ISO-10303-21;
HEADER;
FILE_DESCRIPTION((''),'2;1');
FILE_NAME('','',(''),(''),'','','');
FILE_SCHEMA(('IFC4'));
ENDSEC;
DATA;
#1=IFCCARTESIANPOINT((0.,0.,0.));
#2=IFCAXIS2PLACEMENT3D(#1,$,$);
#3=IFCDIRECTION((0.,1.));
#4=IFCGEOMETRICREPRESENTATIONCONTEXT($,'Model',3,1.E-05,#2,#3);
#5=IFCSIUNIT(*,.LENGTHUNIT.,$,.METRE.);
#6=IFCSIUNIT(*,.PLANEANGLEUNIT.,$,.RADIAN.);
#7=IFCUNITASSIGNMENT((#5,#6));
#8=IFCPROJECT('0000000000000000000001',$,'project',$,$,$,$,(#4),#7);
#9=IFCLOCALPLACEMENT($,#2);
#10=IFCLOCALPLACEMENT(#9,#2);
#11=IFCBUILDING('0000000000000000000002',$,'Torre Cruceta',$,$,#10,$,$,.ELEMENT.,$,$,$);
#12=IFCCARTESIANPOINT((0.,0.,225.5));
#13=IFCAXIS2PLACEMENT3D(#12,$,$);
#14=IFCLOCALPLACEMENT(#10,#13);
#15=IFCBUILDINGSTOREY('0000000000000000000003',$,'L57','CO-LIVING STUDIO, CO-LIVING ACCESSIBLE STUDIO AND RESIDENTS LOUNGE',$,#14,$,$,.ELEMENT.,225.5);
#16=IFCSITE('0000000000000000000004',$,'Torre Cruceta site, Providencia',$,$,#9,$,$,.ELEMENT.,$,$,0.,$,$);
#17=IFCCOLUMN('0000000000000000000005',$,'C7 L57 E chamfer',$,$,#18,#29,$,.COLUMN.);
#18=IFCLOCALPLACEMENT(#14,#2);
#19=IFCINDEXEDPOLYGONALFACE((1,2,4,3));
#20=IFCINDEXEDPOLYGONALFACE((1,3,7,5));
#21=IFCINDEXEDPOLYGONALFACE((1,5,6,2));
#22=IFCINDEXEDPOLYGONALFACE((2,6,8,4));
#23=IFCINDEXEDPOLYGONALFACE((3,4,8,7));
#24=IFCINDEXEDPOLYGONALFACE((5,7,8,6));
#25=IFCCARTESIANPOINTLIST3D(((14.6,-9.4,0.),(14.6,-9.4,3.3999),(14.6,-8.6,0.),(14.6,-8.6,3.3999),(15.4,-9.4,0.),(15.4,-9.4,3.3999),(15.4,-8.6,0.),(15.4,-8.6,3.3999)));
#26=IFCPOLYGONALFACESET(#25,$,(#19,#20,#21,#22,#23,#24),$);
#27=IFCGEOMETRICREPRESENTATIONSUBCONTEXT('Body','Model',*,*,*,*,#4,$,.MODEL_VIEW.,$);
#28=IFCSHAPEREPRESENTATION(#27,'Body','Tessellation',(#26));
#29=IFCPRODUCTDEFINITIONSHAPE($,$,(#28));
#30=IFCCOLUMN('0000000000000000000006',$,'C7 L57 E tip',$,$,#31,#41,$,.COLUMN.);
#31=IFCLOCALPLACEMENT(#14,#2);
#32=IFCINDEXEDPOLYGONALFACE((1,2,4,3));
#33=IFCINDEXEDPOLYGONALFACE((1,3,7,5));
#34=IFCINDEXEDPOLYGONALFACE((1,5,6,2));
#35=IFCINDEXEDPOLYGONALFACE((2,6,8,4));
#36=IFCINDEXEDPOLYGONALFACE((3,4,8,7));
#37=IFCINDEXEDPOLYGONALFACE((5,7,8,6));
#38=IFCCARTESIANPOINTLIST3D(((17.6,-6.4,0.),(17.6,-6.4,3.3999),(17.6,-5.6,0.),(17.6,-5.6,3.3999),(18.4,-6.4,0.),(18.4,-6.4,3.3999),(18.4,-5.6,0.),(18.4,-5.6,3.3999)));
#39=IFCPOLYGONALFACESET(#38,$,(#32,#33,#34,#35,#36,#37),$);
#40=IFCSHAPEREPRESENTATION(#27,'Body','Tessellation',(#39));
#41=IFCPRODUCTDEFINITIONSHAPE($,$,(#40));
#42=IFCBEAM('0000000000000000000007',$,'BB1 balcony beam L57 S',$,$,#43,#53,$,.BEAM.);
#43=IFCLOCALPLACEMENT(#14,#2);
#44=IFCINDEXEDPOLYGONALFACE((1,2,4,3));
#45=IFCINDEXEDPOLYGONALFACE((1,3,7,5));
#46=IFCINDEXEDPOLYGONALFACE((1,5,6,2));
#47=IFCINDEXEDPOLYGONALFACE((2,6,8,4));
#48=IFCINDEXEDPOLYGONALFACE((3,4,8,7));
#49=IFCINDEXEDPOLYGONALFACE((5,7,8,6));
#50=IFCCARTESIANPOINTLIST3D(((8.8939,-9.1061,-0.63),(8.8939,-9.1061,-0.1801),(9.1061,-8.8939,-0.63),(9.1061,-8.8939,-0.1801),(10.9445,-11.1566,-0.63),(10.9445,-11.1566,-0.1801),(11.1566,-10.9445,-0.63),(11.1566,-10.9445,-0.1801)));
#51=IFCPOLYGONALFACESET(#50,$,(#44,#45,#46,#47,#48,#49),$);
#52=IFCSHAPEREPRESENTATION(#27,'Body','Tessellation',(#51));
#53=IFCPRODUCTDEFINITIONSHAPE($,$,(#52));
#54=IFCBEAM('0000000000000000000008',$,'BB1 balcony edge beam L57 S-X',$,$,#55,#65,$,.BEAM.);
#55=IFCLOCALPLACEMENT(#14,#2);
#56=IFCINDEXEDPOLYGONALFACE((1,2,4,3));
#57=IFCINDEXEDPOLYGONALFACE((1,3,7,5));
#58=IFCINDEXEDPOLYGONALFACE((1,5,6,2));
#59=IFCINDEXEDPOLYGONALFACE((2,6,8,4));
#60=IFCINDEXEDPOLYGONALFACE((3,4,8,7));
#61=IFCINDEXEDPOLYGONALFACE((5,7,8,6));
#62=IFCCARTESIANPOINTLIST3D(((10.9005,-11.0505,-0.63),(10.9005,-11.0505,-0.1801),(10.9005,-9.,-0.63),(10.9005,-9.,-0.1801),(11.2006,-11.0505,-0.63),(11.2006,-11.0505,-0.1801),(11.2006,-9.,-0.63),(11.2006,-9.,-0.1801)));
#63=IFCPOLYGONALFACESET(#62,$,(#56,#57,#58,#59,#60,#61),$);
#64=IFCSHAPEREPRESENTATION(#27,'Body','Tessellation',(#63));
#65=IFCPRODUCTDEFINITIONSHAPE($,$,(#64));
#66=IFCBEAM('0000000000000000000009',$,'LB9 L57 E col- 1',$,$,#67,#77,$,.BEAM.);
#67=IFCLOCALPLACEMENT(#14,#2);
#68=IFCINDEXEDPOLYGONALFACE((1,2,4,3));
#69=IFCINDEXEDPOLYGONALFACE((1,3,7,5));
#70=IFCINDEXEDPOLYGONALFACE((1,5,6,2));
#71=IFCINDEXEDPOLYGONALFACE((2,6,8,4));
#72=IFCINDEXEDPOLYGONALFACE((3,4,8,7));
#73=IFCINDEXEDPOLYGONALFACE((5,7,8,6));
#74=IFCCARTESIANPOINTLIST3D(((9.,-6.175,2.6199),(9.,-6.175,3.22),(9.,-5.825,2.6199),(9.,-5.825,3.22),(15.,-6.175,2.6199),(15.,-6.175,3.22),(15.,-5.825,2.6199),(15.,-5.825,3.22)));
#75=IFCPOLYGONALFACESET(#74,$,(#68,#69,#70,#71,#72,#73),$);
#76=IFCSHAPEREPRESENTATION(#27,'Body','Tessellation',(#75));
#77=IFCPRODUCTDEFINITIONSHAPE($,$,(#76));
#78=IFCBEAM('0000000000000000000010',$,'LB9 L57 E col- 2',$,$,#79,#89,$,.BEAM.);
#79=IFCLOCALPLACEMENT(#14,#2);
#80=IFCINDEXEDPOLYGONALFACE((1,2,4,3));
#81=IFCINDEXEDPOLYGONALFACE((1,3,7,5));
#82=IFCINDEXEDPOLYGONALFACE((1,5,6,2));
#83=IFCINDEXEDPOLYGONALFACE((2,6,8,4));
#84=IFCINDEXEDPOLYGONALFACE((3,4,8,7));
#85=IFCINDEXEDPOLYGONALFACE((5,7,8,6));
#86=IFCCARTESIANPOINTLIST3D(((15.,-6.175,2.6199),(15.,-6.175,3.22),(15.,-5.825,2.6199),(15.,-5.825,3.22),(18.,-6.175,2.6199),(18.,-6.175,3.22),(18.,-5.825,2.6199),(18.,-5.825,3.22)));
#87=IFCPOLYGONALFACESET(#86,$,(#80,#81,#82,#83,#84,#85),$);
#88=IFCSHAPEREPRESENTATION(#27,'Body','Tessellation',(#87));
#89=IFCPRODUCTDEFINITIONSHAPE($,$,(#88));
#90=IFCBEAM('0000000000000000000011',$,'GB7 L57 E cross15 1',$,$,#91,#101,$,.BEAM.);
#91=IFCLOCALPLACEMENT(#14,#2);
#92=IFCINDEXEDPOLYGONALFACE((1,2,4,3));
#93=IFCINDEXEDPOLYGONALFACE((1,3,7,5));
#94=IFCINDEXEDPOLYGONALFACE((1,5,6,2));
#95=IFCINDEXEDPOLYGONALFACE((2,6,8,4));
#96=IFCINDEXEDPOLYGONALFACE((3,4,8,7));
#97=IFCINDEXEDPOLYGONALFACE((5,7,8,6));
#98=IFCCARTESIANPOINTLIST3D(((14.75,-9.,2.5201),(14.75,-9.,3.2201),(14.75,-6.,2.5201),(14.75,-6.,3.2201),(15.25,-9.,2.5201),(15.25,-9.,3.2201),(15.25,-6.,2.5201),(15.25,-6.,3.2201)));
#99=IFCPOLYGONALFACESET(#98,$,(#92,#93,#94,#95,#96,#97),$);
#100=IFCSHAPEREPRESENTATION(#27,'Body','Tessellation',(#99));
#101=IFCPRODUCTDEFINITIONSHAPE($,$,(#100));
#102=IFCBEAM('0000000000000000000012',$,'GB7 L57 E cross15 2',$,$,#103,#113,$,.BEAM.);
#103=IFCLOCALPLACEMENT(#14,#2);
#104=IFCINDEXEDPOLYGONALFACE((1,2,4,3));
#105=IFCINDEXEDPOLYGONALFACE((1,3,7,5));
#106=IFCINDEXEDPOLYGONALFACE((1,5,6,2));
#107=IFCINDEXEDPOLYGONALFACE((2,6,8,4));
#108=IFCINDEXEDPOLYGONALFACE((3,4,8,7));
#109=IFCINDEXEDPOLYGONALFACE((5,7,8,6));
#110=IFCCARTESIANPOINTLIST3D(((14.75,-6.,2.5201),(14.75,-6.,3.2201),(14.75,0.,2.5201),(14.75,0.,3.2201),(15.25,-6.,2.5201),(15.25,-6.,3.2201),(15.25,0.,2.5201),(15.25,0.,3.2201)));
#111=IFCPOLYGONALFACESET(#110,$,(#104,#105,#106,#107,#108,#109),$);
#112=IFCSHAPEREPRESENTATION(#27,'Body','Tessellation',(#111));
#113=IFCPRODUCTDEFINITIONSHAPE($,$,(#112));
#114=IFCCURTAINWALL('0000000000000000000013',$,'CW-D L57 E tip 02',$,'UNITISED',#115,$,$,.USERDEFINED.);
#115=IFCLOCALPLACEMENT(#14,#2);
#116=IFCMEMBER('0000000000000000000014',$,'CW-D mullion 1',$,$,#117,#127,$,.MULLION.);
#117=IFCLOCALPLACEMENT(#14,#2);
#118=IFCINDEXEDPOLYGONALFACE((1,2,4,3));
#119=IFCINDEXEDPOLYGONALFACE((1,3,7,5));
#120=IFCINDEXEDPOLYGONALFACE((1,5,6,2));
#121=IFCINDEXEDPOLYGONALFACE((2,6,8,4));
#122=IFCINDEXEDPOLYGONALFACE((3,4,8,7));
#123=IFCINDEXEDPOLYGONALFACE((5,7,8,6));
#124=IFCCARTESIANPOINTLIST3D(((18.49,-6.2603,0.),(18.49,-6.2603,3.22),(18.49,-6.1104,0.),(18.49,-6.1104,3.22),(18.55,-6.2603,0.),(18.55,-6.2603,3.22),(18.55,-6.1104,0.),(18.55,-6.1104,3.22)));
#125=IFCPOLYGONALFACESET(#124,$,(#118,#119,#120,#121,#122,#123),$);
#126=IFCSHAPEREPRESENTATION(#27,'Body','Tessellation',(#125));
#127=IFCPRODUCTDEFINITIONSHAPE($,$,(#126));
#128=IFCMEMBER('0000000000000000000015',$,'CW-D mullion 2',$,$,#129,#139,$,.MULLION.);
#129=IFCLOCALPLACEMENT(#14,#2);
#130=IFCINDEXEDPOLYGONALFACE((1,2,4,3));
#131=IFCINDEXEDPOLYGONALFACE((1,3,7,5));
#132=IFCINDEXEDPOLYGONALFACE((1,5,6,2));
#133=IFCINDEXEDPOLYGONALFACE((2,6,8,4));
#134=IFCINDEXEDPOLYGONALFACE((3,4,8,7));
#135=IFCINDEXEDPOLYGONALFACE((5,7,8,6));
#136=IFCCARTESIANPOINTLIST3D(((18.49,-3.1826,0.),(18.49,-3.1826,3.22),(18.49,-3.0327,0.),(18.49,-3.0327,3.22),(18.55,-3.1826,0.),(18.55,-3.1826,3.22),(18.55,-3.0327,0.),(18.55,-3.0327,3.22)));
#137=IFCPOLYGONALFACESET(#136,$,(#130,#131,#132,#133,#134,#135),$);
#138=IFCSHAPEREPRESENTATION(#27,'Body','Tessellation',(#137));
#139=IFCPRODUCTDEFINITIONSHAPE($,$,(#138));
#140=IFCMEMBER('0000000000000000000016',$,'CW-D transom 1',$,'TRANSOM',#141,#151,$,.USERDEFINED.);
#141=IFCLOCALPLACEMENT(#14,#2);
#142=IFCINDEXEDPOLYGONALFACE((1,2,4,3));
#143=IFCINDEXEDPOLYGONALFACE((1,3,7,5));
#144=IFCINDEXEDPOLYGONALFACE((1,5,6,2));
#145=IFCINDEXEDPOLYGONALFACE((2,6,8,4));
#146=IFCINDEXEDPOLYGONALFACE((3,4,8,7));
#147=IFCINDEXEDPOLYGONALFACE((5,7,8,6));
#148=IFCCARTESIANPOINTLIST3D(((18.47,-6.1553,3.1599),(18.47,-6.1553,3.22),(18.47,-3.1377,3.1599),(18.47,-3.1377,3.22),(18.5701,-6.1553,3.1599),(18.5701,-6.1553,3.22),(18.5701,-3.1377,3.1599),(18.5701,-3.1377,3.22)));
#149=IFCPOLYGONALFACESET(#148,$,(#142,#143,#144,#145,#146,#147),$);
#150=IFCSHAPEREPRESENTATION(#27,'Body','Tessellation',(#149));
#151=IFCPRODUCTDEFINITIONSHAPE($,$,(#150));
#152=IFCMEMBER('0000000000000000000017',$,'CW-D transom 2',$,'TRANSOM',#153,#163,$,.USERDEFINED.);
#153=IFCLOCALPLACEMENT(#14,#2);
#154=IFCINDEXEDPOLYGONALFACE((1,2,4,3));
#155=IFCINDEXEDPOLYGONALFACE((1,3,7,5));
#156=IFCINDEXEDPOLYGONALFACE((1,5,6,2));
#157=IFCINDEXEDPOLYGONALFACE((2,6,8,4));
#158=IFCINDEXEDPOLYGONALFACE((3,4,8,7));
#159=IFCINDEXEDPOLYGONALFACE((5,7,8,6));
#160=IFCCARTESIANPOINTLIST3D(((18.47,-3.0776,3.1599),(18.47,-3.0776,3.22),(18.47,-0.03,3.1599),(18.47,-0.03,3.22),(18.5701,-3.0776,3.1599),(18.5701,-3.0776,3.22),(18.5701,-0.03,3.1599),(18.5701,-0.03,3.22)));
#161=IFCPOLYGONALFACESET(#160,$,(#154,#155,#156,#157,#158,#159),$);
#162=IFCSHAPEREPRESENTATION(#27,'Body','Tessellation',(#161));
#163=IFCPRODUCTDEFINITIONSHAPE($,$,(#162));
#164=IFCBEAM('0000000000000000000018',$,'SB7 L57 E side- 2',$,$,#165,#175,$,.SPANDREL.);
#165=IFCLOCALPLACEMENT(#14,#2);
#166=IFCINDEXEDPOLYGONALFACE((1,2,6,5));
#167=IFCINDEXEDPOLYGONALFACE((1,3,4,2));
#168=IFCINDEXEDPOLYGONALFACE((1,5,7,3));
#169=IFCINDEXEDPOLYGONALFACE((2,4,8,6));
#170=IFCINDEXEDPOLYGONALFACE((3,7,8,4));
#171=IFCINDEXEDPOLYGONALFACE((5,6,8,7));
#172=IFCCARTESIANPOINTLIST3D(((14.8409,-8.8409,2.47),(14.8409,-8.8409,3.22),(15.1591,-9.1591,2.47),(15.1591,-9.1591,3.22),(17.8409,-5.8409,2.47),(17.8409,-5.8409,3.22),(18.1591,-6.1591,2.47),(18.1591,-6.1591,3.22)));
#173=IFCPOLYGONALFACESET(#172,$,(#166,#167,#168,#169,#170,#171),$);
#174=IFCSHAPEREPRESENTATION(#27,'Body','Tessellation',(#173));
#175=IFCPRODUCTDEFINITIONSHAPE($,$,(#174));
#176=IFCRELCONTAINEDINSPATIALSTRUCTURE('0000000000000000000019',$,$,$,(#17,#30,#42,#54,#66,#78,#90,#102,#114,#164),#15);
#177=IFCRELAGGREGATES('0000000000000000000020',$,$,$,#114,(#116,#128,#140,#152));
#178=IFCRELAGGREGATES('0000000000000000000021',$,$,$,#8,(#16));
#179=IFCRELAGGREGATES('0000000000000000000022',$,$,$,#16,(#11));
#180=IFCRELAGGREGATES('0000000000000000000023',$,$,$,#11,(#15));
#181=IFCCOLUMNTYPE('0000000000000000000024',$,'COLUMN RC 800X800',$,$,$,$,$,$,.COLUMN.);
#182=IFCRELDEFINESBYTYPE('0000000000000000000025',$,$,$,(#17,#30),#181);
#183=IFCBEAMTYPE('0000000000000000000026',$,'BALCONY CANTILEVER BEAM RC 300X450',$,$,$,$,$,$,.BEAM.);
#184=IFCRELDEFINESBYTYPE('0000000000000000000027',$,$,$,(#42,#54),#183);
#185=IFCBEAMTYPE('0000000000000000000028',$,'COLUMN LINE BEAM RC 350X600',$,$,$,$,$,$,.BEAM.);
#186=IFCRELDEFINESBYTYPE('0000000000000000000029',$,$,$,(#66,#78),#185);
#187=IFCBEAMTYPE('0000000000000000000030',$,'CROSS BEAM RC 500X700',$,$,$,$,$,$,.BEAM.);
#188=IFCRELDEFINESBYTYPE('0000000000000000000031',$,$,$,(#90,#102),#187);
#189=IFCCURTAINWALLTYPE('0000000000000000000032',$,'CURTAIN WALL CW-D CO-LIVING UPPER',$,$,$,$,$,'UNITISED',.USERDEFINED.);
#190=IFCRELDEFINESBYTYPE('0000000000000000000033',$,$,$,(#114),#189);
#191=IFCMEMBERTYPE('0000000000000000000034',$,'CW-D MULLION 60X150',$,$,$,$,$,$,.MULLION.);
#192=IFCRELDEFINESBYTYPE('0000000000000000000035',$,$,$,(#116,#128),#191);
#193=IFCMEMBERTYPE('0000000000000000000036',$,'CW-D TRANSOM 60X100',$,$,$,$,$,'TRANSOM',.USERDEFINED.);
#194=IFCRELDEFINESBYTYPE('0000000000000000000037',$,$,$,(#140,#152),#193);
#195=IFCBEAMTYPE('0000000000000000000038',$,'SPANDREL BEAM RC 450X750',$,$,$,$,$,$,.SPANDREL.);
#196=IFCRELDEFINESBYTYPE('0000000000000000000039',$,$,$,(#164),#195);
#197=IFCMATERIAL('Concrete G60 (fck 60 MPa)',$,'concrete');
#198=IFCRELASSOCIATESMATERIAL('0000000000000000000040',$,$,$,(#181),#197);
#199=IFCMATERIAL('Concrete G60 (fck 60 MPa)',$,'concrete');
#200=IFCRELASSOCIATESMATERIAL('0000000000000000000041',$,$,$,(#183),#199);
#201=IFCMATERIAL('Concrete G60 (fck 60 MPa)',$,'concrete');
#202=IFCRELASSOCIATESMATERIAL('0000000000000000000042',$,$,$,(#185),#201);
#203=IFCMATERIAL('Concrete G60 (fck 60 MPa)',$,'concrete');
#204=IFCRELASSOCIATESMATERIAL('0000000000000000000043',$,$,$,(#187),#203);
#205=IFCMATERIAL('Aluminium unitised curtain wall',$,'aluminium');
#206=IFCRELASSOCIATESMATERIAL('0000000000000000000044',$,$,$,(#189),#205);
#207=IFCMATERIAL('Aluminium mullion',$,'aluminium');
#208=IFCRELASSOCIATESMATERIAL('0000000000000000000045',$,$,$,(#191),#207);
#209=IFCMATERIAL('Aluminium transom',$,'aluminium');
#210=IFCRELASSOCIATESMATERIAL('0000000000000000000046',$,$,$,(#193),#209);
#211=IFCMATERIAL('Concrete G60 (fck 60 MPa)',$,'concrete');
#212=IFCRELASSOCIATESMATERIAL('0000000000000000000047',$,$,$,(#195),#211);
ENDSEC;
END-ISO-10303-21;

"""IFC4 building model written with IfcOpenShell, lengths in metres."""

from ifc_helpers import new_model, si_unit, direction, frame, origin, origin_2d, place, context, subcontext, project, spatial, rectangle, extrude, material, material_profile, profile_set, type_object, element, aggregate, save


model = new_model("IFC4")

# Units and contexts
model_context = context("Model", 3, precision=1e-05, world=origin(), true_north=direction((0.0, 1.0)))
body_context = subcontext(model_context, "Body", "Model", "MODEL_VIEW")
ifc_project = project(units=[si_unit("LENGTHUNIT", "METRE"), si_unit("PLANEANGLEUNIT", "RADIAN")], contexts=[model_context])

# Site, building, storey
site_placement = place(None, origin())
site = spatial("IfcSite", under=ifc_project, at=site_placement, Name="Torre Cruceta site, Providencia", CompositionType="ELEMENT", RefElevation=0.0)
building_placement = place(site_placement, origin())
building = spatial("IfcBuilding", under=site, at=building_placement, Name="Torre Cruceta", CompositionType="ELEMENT")
storey_placement = place(building_placement, frame((0.0, 0.0, 225.5)))
storey = spatial("IfcBuildingStorey", under=building, at=storey_placement, Name="L57", Description="CO-LIVING STUDIO, CO-LIVING ACCESSIBLE STUDIO AND RESIDENTS LOUNGE", CompositionType="ELEMENT", Elevation=225.5)

# Columns
ifc_material_1 = material(Name="Concrete G60 (fck 60 MPa)", Category="concrete")
ifc_material_profile_1 = material_profile(ifc_material_1, rectangle(XDim=0.8, YDim=0.8, at=origin_2d()), Name="RC 800X800")
ifc_profile_set_1 = profile_set([ifc_material_profile_1], Name="Concrete G60 (fck 60 MPa)")
column_type = type_object("IfcColumnType", Name="COLUMN RC 800X800", PredefinedType="COLUMN", material=ifc_profile_set_1)
for number, where, z_axis, x_axis, name in (
    (1, (15.0, -9.0, 0.0), (0.0, 0.0, 1.0), (1.0, 0.0, 0.0), "C7 L57 E chamfer"),
    (2, (18.0, -6.0, 0.0), (0.0, 0.0, 1.0), (1.0, 0.0, 0.0), "C7 L57 E tip"),
):
    element("IfcColumn", number, at=place(storey_placement, frame(where, z_axis=z_axis, x_axis=x_axis)), inside=storey, type_object=column_type, Name=name, PredefinedType="COLUMN", context=body_context, shape_type="SweptSolid", body=[
        extrude(rectangle(XDim=0.8, YDim=0.8, at=origin_2d()), origin(), (0.0, 0.0, 1.0), 3.3999),
    ])

# Beams
ifc_material_2 = material(Name="Concrete G60 (fck 60 MPa)", Category="concrete")
ifc_material_profile_2 = material_profile(ifc_material_2, rectangle(XDim=0.3, YDim=0.45, at=origin_2d()), Name="RC 300X450")
ifc_profile_set_2 = profile_set([ifc_material_profile_2], Name="Concrete G60 (fck 60 MPa)")
beam_type_1 = type_object("IfcBeamType", Name="BALCONY CANTILEVER BEAM RC 300X450", PredefinedType="BEAM", material=ifc_profile_set_2)
beam_1_placement = place(storey_placement, frame((9.0, -9.0, -0.405), z_axis=(0.707107, -0.707107, 0.0), x_axis=(0.707107, 0.707107, 0.0)))
element("IfcBeam", 3, at=beam_1_placement, inside=storey, type_object=beam_type_1, Name="BB1 balcony beam L57 S", PredefinedType="BEAM", context=body_context, shape_type="SweptSolid", body=[
    extrude(rectangle(XDim=0.3, YDim=0.45, at=origin_2d()), origin(), (0.0, 0.0, 1.0), 2.8999),
])
beam_2_placement = place(storey_placement, frame((11.0505, -9.0, -0.405), z_axis=(0.0, -1.0, 0.0), x_axis=(1.0, 0.0, 0.0)))
element("IfcBeam", 4, at=beam_2_placement, inside=storey, type_object=beam_type_1, Name="BB1 balcony edge beam L57 S-X", PredefinedType="BEAM", context=body_context, shape_type="SweptSolid", body=[
    extrude(rectangle(XDim=0.3, YDim=0.45, at=origin_2d()), origin(), (0.0, 0.0, 1.0), 2.0505),
])
ifc_material_3 = material(Name="Concrete G60 (fck 60 MPa)", Category="concrete")
ifc_material_profile_3 = material_profile(ifc_material_3, rectangle(XDim=0.3501, YDim=0.6001, at=origin_2d()), Name="RC 350X600")
ifc_profile_set_3 = profile_set([ifc_material_profile_3], Name="Concrete G60 (fck 60 MPa)")
beam_type_2 = type_object("IfcBeamType", Name="COLUMN LINE BEAM RC 350X600", PredefinedType="BEAM", material=ifc_profile_set_3)
beam_3_placement = place(storey_placement, frame((9.0, -6.0, 2.9199), z_axis=(1.0, 0.0, 0.0), x_axis=(0.0, 1.0, 0.0)))
element("IfcBeam", 5, at=beam_3_placement, inside=storey, type_object=beam_type_2, Name="LB9 L57 E col- 1", PredefinedType="BEAM", context=body_context, shape_type="SweptSolid", body=[
    extrude(rectangle(XDim=0.3501, YDim=0.6001, at=origin_2d()), origin(), (0.0, 0.0, 1.0), 6.0),
])
beam_4_placement = place(storey_placement, frame((15.0, -6.0, 2.9199), z_axis=(1.0, 0.0, 0.0), x_axis=(0.0, 1.0, 0.0)))
element("IfcBeam", 6, at=beam_4_placement, inside=storey, type_object=beam_type_2, Name="LB9 L57 E col- 2", PredefinedType="BEAM", context=body_context, shape_type="SweptSolid", body=[
    extrude(rectangle(XDim=0.3501, YDim=0.6001, at=origin_2d()), origin(), (0.0, 0.0, 1.0), 3.0),
])
ifc_material_4 = material(Name="Concrete G60 (fck 60 MPa)", Category="concrete")
ifc_material_profile_4 = material_profile(ifc_material_4, rectangle(XDim=0.5, YDim=0.7, at=origin_2d()), Name="RC 500X700")
ifc_profile_set_4 = profile_set([ifc_material_profile_4], Name="Concrete G60 (fck 60 MPa)")
beam_type_3 = type_object("IfcBeamType", Name="CROSS BEAM RC 500X700", PredefinedType="BEAM", material=ifc_profile_set_4)
beam_5_placement = place(storey_placement, frame((15.0, -9.0, 2.8701), z_axis=(0.0, 1.0, 0.0), x_axis=(-1.0, 0.0, 0.0)))
element("IfcBeam", 7, at=beam_5_placement, inside=storey, type_object=beam_type_3, Name="GB7 L57 E cross15 1", PredefinedType="BEAM", context=body_context, shape_type="SweptSolid", body=[
    extrude(rectangle(XDim=0.5, YDim=0.7, at=origin_2d()), origin(), (0.0, 0.0, 1.0), 3.0),
])
beam_6_placement = place(storey_placement, frame((15.0, -6.0, 2.8701), z_axis=(0.0, 1.0, 0.0), x_axis=(-1.0, 0.0, 0.0)))
element("IfcBeam", 8, at=beam_6_placement, inside=storey, type_object=beam_type_3, Name="GB7 L57 E cross15 2", PredefinedType="BEAM", context=body_context, shape_type="SweptSolid", body=[
    extrude(rectangle(XDim=0.5, YDim=0.7, at=origin_2d()), origin(), (0.0, 0.0, 1.0), 6.0),
])

# Curtain wall, members
ifc_material_5 = material(Name="Aluminium unitised curtain wall", Category="aluminium")
curtain_wall_type = type_object("IfcCurtainWallType", Name="CURTAIN WALL CW-D CO-LIVING UPPER", ElementType="UNITISED", PredefinedType="USERDEFINED", material=ifc_material_5)
curtain_wall_placement = place(storey_placement, origin())
curtain_wall = element("IfcCurtainWall", 9, at=curtain_wall_placement, inside=storey, type_object=curtain_wall_type, Name="CW-D L57 E tip 02", ObjectType="UNITISED", PredefinedType="USERDEFINED")
ifc_material_6 = material(Name="Aluminium mullion", Category="aluminium")
ifc_material_profile_5 = material_profile(ifc_material_6, rectangle(XDim=0.0601, YDim=0.1499, at=origin_2d()), Name="AL 60X150")
ifc_profile_set_5 = profile_set([ifc_material_profile_5], Name="Aluminium mullion")
member_type_1 = type_object("IfcMemberType", Name="CW-D MULLION 60X150", PredefinedType="MULLION", material=ifc_profile_set_5)
member_1_placement = place(storey_placement, frame((18.52, -6.1853, 0.0), z_axis=(0.0, 0.0, 1.0), x_axis=(-1.0, 0.0, 0.0)))
member_1 = element("IfcMember", 10, at=member_1_placement, type_object=member_type_1, Name="CW-D mullion 1", PredefinedType="MULLION", context=body_context, shape_type="SweptSolid", body=[
    extrude(rectangle(XDim=0.0601, YDim=0.1499, at=origin_2d()), origin(), (0.0, 0.0, 1.0), 3.22),
])
member_2_placement = place(storey_placement, frame((18.52, -3.1077, 0.0), z_axis=(0.0, 0.0, 1.0), x_axis=(-1.0, 0.0, 0.0)))
member_2 = element("IfcMember", 11, at=member_2_placement, type_object=member_type_1, Name="CW-D mullion 2", PredefinedType="MULLION", context=body_context, shape_type="SweptSolid", body=[
    extrude(rectangle(XDim=0.0601, YDim=0.1499, at=origin_2d()), origin(), (0.0, 0.0, 1.0), 3.22),
])
ifc_material_7 = material(Name="Aluminium transom", Category="aluminium")
ifc_material_profile_6 = material_profile(ifc_material_7, rectangle(XDim=0.1001, YDim=0.0601, at=origin_2d()), Name="AL 100X60")
ifc_profile_set_6 = profile_set([ifc_material_profile_6], Name="Aluminium transom")
member_type_2 = type_object("IfcMemberType", Name="CW-D TRANSOM 60X100", ElementType="TRANSOM", PredefinedType="USERDEFINED", material=ifc_profile_set_6)
member_3_placement = place(storey_placement, frame((18.52, -6.1553, 3.1899), z_axis=(0.0, 1.0, 0.0), x_axis=(-1.0, 0.0, 0.0)))
member_3 = element("IfcMember", 12, at=member_3_placement, type_object=member_type_2, Name="CW-D transom 1", ObjectType="TRANSOM", PredefinedType="USERDEFINED", context=body_context, shape_type="SweptSolid", body=[
    extrude(rectangle(XDim=0.1001, YDim=0.0601, at=origin_2d()), origin(), (0.0, 0.0, 1.0), 3.0176),
])
member_4_placement = place(storey_placement, frame((18.52, -3.0776, 3.1899), z_axis=(0.0, 1.0, 0.0), x_axis=(-1.0, 0.0, 0.0)))
member_4 = element("IfcMember", 13, at=member_4_placement, type_object=member_type_2, Name="CW-D transom 2", ObjectType="TRANSOM", PredefinedType="USERDEFINED", context=body_context, shape_type="SweptSolid", body=[
    extrude(rectangle(XDim=0.1001, YDim=0.0601, at=origin_2d()), origin(), (0.0, 0.0, 1.0), 3.0476),
])

# Beam
ifc_material_8 = material(Name="Concrete G60 (fck 60 MPa)", Category="concrete")
ifc_material_profile_7 = material_profile(ifc_material_8, rectangle(XDim=0.45, YDim=0.75, at=origin_2d()), Name="RC 450X750")
ifc_profile_set_7 = profile_set([ifc_material_profile_7], Name="Concrete G60 (fck 60 MPa)")
beam_type_4 = type_object("IfcBeamType", Name="SPANDREL BEAM RC 450X750", PredefinedType="SPANDREL", material=ifc_profile_set_7)
beam_7_placement = place(storey_placement, frame((15.0, -9.0, 2.845), z_axis=(0.707107, 0.707107, 0.0), x_axis=(-0.707107, 0.707107, 0.0)))
element("IfcBeam", 14, at=beam_7_placement, inside=storey, type_object=beam_type_4, Name="SB7 L57 E side- 2", PredefinedType="SPANDREL", context=body_context, shape_type="SweptSolid", body=[
    extrude(rectangle(XDim=0.45, YDim=0.75, at=origin_2d()), origin(), (0.0, 0.0, 1.0), 4.2427),
])

aggregate(curtain_wall, [member_1, member_2, member_3, member_4])

save(model, "model.ifc")
